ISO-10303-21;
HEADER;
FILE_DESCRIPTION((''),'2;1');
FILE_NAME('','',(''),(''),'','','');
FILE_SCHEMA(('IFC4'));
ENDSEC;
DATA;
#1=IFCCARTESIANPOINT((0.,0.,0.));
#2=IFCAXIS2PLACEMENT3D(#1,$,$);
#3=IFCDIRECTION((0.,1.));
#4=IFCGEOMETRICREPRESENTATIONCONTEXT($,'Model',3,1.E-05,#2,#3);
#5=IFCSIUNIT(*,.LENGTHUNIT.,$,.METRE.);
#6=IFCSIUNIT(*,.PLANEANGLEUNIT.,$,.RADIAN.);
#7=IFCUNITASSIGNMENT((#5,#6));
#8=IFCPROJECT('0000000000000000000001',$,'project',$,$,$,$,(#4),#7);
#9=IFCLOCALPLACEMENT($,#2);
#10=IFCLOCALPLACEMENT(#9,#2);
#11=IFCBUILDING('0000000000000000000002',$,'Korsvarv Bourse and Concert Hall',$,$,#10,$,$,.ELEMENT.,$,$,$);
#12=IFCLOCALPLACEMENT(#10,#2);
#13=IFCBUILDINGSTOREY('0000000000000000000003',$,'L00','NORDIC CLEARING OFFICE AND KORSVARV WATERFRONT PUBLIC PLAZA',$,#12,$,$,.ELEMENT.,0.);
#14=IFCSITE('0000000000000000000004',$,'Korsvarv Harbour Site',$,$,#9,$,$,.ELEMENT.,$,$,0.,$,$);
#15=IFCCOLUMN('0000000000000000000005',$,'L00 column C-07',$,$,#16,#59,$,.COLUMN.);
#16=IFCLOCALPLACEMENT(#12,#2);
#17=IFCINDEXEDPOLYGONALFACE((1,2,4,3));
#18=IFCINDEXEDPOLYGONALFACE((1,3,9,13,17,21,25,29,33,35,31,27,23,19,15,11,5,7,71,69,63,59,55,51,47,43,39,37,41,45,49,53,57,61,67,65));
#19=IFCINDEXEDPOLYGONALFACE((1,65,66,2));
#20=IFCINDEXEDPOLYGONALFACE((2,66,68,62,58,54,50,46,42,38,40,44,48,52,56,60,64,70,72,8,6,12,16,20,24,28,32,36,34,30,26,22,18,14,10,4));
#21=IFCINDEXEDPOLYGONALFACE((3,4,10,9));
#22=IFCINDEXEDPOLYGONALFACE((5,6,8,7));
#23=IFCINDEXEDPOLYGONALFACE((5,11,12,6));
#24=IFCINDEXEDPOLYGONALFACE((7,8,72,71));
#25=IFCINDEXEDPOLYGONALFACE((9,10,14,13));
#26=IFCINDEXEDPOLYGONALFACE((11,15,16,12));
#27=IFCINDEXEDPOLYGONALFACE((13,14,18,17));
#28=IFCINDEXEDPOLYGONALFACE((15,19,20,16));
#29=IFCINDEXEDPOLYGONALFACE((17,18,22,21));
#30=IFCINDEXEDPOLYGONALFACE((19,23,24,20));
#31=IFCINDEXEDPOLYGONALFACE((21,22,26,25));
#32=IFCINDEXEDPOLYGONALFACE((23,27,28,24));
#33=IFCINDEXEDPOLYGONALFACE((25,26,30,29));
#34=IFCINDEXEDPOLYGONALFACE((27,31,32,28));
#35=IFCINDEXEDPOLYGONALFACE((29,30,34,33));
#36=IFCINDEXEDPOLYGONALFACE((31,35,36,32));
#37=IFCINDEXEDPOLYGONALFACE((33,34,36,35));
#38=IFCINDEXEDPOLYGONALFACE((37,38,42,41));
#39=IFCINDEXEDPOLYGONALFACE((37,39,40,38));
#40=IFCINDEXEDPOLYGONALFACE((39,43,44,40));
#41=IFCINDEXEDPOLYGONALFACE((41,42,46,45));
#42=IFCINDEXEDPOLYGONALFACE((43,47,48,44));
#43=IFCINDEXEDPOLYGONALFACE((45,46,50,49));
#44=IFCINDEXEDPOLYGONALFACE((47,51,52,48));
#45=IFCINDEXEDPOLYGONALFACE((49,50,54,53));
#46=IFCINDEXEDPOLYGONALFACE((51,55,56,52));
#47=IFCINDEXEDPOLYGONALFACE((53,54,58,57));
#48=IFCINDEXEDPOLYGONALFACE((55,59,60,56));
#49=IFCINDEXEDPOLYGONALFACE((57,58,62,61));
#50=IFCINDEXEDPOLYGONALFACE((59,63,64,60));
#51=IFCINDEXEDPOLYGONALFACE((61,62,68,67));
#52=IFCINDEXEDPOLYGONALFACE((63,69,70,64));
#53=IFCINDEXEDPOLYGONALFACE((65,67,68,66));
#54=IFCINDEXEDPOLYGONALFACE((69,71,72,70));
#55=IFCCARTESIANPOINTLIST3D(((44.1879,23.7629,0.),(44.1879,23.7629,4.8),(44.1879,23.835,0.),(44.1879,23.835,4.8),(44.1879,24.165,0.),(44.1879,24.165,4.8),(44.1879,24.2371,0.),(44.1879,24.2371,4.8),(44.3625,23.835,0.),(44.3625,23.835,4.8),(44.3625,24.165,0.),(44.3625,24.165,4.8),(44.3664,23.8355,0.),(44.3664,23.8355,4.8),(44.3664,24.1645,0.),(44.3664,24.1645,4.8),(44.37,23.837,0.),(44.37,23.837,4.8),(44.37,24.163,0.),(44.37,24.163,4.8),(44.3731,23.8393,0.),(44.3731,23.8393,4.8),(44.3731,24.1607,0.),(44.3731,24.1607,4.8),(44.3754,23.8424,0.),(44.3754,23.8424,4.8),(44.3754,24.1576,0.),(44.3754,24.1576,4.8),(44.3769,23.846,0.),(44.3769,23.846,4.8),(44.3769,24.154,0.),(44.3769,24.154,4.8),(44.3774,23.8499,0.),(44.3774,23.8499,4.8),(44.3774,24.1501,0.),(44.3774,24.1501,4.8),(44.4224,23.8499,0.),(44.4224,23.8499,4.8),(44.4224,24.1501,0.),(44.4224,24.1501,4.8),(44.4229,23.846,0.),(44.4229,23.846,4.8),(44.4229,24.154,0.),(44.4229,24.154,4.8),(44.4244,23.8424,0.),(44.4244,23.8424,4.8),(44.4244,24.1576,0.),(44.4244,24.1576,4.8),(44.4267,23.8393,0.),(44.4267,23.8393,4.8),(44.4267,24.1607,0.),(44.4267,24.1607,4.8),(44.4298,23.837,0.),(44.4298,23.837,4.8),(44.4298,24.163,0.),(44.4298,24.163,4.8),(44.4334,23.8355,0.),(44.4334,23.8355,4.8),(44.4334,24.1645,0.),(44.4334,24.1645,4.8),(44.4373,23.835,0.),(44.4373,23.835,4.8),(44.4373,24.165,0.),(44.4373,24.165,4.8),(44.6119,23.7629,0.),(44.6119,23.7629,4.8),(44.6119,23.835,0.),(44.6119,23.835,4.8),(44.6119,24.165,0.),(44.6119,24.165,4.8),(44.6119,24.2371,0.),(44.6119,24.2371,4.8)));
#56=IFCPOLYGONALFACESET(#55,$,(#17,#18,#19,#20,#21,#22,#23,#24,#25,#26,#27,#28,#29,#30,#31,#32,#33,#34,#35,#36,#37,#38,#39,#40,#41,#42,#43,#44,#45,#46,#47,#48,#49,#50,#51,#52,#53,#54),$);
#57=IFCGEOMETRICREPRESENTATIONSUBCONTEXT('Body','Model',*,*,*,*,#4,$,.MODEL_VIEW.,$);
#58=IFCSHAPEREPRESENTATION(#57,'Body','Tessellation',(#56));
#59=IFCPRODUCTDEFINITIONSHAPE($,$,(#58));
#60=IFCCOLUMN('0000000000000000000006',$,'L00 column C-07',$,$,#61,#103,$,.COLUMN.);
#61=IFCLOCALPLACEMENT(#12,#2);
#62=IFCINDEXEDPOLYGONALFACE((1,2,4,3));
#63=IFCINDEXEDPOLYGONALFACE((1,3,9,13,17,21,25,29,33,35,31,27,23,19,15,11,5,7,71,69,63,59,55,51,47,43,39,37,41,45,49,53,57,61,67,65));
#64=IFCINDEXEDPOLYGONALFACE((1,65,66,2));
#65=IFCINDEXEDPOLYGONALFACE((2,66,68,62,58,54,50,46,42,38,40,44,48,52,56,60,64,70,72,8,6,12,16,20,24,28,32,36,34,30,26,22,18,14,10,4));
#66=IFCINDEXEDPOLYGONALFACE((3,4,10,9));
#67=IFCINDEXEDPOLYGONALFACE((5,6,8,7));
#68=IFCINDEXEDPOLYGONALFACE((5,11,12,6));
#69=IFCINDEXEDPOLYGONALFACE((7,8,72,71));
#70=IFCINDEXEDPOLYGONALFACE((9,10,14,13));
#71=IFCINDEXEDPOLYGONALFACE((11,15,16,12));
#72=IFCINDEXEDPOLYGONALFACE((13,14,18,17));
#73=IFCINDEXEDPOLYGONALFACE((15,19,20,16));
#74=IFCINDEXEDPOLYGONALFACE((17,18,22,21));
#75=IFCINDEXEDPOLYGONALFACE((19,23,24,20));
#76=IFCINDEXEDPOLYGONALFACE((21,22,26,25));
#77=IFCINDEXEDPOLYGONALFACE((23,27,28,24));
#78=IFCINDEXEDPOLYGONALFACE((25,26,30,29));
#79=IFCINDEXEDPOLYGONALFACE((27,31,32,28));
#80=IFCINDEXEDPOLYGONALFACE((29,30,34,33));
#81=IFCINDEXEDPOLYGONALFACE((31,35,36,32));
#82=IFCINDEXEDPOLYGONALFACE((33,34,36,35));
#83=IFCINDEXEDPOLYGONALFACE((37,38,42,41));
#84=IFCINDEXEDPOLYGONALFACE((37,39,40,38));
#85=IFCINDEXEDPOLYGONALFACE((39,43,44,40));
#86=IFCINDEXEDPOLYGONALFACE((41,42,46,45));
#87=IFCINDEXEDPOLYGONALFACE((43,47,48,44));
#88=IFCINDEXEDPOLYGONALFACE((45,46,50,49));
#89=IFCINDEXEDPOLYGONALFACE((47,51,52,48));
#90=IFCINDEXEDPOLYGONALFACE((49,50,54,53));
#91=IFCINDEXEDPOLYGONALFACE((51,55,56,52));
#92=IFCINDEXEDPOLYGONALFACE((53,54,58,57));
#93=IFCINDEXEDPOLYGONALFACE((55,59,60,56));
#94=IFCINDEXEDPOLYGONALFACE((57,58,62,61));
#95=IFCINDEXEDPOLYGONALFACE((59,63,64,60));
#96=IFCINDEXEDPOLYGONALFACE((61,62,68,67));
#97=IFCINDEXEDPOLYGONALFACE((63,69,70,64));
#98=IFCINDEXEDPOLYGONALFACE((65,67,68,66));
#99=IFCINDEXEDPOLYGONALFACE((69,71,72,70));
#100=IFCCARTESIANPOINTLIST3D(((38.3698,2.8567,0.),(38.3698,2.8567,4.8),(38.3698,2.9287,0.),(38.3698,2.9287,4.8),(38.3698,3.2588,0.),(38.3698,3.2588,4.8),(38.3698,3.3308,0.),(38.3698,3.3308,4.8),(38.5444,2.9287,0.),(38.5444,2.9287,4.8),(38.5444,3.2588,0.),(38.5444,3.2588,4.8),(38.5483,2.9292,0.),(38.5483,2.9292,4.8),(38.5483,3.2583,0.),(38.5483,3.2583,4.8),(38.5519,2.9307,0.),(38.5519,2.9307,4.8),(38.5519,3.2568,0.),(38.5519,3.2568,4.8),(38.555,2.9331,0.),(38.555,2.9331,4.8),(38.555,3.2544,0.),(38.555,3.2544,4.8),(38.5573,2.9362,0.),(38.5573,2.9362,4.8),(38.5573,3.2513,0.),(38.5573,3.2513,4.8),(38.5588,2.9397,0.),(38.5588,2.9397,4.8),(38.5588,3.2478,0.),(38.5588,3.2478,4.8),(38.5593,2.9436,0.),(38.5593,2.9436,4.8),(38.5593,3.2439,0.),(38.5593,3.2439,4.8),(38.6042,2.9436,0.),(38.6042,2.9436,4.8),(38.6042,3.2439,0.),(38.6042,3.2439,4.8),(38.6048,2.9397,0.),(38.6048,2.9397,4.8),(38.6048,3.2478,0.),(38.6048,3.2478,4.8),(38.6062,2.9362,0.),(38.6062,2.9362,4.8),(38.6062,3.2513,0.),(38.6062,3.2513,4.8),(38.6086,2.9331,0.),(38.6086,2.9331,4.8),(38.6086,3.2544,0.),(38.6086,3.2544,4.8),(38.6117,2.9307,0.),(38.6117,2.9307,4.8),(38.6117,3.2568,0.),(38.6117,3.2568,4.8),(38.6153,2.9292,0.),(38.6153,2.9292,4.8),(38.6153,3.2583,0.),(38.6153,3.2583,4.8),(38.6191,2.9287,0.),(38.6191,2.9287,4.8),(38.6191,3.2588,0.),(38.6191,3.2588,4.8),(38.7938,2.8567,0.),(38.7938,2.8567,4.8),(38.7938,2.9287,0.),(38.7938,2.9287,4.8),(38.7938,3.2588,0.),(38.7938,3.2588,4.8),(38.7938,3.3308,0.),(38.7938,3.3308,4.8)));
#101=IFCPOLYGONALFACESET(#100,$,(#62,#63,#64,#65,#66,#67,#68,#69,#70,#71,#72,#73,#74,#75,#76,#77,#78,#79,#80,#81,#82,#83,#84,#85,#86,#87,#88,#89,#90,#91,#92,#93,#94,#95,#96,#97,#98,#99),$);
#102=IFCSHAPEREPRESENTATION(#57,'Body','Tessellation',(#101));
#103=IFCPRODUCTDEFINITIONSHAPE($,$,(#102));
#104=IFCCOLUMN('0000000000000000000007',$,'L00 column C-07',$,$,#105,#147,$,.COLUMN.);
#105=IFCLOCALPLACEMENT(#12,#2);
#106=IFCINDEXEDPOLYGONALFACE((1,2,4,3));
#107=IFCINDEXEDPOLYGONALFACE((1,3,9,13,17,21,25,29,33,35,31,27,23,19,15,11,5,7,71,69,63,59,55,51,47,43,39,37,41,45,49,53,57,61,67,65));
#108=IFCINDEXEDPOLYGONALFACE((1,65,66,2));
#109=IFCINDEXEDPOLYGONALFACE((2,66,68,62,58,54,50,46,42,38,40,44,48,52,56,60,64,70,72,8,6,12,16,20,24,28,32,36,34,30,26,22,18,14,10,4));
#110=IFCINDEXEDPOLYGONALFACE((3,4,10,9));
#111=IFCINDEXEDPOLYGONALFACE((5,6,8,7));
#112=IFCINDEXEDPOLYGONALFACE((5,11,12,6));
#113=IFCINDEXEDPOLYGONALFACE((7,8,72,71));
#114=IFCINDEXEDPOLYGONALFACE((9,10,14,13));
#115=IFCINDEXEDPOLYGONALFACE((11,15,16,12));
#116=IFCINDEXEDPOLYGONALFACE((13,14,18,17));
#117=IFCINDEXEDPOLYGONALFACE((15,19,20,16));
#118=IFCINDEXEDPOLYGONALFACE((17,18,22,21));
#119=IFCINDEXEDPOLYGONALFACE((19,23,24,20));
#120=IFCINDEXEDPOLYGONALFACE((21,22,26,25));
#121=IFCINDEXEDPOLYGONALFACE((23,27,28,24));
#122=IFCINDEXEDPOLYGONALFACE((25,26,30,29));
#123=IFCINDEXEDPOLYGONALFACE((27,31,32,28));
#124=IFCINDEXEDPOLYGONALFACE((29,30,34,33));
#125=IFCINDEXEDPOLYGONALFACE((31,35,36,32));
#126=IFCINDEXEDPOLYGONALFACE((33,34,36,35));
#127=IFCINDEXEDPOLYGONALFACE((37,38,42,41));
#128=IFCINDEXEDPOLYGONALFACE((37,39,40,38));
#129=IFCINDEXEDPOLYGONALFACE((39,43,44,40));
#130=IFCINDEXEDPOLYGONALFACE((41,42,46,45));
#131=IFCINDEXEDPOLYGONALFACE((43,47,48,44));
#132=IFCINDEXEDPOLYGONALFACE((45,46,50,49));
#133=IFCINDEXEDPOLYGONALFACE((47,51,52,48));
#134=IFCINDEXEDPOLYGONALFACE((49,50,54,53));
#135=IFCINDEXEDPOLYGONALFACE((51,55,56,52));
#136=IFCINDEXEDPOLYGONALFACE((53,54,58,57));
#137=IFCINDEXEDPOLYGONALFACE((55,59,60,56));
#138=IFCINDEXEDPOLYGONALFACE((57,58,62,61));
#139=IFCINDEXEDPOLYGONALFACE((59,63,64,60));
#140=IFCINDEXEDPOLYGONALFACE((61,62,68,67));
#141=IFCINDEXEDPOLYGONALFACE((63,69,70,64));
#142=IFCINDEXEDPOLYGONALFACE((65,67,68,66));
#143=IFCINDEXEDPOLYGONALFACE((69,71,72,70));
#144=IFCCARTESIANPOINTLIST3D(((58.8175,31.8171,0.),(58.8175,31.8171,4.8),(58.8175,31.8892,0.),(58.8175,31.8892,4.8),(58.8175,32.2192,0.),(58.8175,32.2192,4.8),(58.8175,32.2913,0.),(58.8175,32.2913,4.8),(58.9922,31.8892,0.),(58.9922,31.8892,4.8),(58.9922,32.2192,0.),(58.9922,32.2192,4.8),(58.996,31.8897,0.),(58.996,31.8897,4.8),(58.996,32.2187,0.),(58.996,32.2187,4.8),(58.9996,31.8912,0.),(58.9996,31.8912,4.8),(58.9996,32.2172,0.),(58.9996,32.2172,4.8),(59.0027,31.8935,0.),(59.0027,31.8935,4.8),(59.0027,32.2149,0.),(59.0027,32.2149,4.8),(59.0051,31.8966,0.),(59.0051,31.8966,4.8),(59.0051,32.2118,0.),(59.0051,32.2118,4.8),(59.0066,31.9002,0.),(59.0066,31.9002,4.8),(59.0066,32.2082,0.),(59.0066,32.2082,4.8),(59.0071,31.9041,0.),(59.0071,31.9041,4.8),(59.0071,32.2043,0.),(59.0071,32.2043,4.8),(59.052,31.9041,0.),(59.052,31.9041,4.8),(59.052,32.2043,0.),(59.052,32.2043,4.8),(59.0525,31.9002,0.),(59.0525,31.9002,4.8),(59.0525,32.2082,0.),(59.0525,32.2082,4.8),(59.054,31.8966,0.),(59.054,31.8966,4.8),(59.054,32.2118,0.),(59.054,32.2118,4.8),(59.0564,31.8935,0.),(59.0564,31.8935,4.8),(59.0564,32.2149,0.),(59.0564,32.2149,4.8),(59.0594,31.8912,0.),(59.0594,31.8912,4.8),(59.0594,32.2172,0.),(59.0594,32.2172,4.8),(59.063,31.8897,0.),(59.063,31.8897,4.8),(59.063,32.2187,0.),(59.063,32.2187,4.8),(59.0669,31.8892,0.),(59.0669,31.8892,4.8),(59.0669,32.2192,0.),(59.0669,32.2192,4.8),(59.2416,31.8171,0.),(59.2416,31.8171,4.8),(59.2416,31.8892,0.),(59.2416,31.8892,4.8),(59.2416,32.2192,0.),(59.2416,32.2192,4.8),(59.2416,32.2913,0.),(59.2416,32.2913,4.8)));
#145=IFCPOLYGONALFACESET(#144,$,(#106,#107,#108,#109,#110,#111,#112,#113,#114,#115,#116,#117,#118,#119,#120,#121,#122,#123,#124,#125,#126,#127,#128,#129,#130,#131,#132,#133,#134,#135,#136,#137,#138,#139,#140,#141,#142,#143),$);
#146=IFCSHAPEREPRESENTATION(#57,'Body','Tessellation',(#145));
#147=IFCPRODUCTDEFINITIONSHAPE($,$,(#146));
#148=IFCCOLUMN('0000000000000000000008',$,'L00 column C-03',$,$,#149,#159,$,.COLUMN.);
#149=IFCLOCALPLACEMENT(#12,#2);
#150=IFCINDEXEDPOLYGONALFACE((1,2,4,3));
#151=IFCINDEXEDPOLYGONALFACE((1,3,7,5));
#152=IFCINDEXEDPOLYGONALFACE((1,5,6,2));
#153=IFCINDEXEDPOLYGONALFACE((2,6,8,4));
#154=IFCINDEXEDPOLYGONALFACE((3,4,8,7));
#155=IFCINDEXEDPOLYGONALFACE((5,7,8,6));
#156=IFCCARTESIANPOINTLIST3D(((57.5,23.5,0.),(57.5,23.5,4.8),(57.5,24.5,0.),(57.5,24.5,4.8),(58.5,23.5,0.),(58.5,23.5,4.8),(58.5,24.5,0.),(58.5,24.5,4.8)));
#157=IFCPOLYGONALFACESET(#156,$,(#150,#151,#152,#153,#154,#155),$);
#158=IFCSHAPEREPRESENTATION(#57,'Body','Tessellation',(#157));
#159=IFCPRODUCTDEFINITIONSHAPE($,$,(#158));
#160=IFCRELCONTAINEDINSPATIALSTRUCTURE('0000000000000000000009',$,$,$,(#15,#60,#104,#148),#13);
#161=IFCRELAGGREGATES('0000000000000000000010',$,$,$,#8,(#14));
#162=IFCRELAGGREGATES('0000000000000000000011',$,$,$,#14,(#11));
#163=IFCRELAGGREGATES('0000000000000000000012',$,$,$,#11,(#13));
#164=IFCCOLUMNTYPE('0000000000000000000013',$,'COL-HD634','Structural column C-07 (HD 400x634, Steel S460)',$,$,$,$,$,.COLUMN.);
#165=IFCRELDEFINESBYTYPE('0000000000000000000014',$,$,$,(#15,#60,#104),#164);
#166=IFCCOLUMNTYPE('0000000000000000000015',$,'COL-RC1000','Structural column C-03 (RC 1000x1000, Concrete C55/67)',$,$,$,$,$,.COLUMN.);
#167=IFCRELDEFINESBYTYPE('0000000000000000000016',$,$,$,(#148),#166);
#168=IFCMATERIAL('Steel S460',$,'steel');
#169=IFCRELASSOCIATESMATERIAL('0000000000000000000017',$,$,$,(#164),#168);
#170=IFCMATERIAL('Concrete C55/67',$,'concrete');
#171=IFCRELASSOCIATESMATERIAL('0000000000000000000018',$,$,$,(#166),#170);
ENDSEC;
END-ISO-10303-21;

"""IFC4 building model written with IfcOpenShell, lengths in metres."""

from ifc_helpers import new_model, si_unit, direction, frame, origin, origin_2d, place, context, subcontext, project, spatial, rectangle, i_section, extrude, source, transform, mapped, material, material_profile, profile_set, type_object, element, save


model = new_model("IFC4")

# Units and contexts
model_context = context("Model", 3, precision=1e-05, world=origin(), true_north=direction((0.0, 1.0)))
body_context = subcontext(model_context, "Body", "Model", "MODEL_VIEW")
ifc_project = project(units=[si_unit("LENGTHUNIT", "METRE"), si_unit("PLANEANGLEUNIT", "RADIAN")], contexts=[model_context])

# Site, building, storey
site_placement = place(None, origin())
site = spatial("IfcSite", under=ifc_project, at=site_placement, Name="Korsvarv Harbour Site", CompositionType="ELEMENT", RefElevation=0.0)
building_placement = place(site_placement, origin())
building = spatial("IfcBuilding", under=site, at=building_placement, Name="Korsvarv Bourse and Concert Hall", CompositionType="ELEMENT")
storey_placement = place(building_placement, origin())
storey = spatial("IfcBuildingStorey", under=building, at=storey_placement, Name="L00", Description="NORDIC CLEARING OFFICE AND KORSVARV WATERFRONT PUBLIC PLAZA", CompositionType="ELEMENT", Elevation=0.0)

# Columns
ifc_material_1 = material(Name="Steel S460", Category="steel")
ifc_material_profile_1 = material_profile(ifc_material_1, i_section(OverallWidth=0.4241, OverallDepth=0.4741, WebThickness=0.0449, FlangeThickness=0.072, FilletRadius=0.0149, at=origin_2d()), Name="HD 400x634")
ifc_profile_set_1 = profile_set([ifc_material_profile_1], Name="Steel S460")
column_type_1 = type_object("IfcColumnType", Name="COL-HD634", Description="Structural column C-07 (HD 400x634, Steel S460)", PredefinedType="COLUMN", material=ifc_profile_set_1)
shared_shape_1 = source(origin(), body_context, "Body", "SweptSolid", [
    extrude(i_section(OverallWidth=0.4241, OverallDepth=0.4741, WebThickness=0.0449, FlangeThickness=0.072, FilletRadius=0.0149, at=origin_2d()), origin(), (0.0, 0.0, 1.0), 4.8),
])
for number, where, z_axis, x_axis, name in (
    (1, (44.3999, 24.0, 0.0), (0.0, 0.0, 1.0), (1.0, 0.0, 0.0), "L00 column C-07"),
    (2, (38.5818, 3.0938, 0.0), (0.0, 0.0, 1.0), (1.0, 0.0, 0.0), "L00 column C-07"),
    (3, (59.0295, 32.0542, 0.0), (0.0, 0.0, 1.0), (1.0, 0.0, 0.0), "L00 column C-07"),
):
    element("IfcColumn", number, at=place(storey_placement, frame(where, z_axis=z_axis, x_axis=x_axis)), inside=storey, type_object=column_type_1, Name=name, PredefinedType="COLUMN", context=body_context, shape_type="MappedRepresentation", body=[
        mapped(shared_shape_1, transform((0.0, 0.0, 0.0), scale=1.0)),
    ])
ifc_material_2 = material(Name="Concrete C55/67", Category="concrete")
ifc_material_profile_2 = material_profile(ifc_material_2, rectangle(XDim=1.0, YDim=1.0, at=origin_2d()), Name="RC 1000x1000")
ifc_profile_set_2 = profile_set([ifc_material_profile_2], Name="Concrete C55/67")
column_type_2 = type_object("IfcColumnType", Name="COL-RC1000", Description="Structural column C-03 (RC 1000x1000, Concrete C55/67)", PredefinedType="COLUMN", material=ifc_profile_set_2)
shared_shape_2 = source(origin(), body_context, "Body", "SweptSolid", [
    extrude(rectangle(XDim=1.0, YDim=1.0, at=origin_2d()), origin(), (0.0, 0.0, 1.0), 4.8),
])
column_placement = place(storey_placement, frame((58.0, 24.0, 0.0), z_axis=(0.0, 0.0, 1.0), x_axis=(1.0, 0.0, 0.0)))
element("IfcColumn", 4, at=column_placement, inside=storey, type_object=column_type_2, Name="L00 column C-03", PredefinedType="COLUMN", context=body_context, shape_type="MappedRepresentation", body=[
    mapped(shared_shape_2, transform((0.0, 0.0, 0.0), scale=1.0)),
])

save(model, "model.ifc")
